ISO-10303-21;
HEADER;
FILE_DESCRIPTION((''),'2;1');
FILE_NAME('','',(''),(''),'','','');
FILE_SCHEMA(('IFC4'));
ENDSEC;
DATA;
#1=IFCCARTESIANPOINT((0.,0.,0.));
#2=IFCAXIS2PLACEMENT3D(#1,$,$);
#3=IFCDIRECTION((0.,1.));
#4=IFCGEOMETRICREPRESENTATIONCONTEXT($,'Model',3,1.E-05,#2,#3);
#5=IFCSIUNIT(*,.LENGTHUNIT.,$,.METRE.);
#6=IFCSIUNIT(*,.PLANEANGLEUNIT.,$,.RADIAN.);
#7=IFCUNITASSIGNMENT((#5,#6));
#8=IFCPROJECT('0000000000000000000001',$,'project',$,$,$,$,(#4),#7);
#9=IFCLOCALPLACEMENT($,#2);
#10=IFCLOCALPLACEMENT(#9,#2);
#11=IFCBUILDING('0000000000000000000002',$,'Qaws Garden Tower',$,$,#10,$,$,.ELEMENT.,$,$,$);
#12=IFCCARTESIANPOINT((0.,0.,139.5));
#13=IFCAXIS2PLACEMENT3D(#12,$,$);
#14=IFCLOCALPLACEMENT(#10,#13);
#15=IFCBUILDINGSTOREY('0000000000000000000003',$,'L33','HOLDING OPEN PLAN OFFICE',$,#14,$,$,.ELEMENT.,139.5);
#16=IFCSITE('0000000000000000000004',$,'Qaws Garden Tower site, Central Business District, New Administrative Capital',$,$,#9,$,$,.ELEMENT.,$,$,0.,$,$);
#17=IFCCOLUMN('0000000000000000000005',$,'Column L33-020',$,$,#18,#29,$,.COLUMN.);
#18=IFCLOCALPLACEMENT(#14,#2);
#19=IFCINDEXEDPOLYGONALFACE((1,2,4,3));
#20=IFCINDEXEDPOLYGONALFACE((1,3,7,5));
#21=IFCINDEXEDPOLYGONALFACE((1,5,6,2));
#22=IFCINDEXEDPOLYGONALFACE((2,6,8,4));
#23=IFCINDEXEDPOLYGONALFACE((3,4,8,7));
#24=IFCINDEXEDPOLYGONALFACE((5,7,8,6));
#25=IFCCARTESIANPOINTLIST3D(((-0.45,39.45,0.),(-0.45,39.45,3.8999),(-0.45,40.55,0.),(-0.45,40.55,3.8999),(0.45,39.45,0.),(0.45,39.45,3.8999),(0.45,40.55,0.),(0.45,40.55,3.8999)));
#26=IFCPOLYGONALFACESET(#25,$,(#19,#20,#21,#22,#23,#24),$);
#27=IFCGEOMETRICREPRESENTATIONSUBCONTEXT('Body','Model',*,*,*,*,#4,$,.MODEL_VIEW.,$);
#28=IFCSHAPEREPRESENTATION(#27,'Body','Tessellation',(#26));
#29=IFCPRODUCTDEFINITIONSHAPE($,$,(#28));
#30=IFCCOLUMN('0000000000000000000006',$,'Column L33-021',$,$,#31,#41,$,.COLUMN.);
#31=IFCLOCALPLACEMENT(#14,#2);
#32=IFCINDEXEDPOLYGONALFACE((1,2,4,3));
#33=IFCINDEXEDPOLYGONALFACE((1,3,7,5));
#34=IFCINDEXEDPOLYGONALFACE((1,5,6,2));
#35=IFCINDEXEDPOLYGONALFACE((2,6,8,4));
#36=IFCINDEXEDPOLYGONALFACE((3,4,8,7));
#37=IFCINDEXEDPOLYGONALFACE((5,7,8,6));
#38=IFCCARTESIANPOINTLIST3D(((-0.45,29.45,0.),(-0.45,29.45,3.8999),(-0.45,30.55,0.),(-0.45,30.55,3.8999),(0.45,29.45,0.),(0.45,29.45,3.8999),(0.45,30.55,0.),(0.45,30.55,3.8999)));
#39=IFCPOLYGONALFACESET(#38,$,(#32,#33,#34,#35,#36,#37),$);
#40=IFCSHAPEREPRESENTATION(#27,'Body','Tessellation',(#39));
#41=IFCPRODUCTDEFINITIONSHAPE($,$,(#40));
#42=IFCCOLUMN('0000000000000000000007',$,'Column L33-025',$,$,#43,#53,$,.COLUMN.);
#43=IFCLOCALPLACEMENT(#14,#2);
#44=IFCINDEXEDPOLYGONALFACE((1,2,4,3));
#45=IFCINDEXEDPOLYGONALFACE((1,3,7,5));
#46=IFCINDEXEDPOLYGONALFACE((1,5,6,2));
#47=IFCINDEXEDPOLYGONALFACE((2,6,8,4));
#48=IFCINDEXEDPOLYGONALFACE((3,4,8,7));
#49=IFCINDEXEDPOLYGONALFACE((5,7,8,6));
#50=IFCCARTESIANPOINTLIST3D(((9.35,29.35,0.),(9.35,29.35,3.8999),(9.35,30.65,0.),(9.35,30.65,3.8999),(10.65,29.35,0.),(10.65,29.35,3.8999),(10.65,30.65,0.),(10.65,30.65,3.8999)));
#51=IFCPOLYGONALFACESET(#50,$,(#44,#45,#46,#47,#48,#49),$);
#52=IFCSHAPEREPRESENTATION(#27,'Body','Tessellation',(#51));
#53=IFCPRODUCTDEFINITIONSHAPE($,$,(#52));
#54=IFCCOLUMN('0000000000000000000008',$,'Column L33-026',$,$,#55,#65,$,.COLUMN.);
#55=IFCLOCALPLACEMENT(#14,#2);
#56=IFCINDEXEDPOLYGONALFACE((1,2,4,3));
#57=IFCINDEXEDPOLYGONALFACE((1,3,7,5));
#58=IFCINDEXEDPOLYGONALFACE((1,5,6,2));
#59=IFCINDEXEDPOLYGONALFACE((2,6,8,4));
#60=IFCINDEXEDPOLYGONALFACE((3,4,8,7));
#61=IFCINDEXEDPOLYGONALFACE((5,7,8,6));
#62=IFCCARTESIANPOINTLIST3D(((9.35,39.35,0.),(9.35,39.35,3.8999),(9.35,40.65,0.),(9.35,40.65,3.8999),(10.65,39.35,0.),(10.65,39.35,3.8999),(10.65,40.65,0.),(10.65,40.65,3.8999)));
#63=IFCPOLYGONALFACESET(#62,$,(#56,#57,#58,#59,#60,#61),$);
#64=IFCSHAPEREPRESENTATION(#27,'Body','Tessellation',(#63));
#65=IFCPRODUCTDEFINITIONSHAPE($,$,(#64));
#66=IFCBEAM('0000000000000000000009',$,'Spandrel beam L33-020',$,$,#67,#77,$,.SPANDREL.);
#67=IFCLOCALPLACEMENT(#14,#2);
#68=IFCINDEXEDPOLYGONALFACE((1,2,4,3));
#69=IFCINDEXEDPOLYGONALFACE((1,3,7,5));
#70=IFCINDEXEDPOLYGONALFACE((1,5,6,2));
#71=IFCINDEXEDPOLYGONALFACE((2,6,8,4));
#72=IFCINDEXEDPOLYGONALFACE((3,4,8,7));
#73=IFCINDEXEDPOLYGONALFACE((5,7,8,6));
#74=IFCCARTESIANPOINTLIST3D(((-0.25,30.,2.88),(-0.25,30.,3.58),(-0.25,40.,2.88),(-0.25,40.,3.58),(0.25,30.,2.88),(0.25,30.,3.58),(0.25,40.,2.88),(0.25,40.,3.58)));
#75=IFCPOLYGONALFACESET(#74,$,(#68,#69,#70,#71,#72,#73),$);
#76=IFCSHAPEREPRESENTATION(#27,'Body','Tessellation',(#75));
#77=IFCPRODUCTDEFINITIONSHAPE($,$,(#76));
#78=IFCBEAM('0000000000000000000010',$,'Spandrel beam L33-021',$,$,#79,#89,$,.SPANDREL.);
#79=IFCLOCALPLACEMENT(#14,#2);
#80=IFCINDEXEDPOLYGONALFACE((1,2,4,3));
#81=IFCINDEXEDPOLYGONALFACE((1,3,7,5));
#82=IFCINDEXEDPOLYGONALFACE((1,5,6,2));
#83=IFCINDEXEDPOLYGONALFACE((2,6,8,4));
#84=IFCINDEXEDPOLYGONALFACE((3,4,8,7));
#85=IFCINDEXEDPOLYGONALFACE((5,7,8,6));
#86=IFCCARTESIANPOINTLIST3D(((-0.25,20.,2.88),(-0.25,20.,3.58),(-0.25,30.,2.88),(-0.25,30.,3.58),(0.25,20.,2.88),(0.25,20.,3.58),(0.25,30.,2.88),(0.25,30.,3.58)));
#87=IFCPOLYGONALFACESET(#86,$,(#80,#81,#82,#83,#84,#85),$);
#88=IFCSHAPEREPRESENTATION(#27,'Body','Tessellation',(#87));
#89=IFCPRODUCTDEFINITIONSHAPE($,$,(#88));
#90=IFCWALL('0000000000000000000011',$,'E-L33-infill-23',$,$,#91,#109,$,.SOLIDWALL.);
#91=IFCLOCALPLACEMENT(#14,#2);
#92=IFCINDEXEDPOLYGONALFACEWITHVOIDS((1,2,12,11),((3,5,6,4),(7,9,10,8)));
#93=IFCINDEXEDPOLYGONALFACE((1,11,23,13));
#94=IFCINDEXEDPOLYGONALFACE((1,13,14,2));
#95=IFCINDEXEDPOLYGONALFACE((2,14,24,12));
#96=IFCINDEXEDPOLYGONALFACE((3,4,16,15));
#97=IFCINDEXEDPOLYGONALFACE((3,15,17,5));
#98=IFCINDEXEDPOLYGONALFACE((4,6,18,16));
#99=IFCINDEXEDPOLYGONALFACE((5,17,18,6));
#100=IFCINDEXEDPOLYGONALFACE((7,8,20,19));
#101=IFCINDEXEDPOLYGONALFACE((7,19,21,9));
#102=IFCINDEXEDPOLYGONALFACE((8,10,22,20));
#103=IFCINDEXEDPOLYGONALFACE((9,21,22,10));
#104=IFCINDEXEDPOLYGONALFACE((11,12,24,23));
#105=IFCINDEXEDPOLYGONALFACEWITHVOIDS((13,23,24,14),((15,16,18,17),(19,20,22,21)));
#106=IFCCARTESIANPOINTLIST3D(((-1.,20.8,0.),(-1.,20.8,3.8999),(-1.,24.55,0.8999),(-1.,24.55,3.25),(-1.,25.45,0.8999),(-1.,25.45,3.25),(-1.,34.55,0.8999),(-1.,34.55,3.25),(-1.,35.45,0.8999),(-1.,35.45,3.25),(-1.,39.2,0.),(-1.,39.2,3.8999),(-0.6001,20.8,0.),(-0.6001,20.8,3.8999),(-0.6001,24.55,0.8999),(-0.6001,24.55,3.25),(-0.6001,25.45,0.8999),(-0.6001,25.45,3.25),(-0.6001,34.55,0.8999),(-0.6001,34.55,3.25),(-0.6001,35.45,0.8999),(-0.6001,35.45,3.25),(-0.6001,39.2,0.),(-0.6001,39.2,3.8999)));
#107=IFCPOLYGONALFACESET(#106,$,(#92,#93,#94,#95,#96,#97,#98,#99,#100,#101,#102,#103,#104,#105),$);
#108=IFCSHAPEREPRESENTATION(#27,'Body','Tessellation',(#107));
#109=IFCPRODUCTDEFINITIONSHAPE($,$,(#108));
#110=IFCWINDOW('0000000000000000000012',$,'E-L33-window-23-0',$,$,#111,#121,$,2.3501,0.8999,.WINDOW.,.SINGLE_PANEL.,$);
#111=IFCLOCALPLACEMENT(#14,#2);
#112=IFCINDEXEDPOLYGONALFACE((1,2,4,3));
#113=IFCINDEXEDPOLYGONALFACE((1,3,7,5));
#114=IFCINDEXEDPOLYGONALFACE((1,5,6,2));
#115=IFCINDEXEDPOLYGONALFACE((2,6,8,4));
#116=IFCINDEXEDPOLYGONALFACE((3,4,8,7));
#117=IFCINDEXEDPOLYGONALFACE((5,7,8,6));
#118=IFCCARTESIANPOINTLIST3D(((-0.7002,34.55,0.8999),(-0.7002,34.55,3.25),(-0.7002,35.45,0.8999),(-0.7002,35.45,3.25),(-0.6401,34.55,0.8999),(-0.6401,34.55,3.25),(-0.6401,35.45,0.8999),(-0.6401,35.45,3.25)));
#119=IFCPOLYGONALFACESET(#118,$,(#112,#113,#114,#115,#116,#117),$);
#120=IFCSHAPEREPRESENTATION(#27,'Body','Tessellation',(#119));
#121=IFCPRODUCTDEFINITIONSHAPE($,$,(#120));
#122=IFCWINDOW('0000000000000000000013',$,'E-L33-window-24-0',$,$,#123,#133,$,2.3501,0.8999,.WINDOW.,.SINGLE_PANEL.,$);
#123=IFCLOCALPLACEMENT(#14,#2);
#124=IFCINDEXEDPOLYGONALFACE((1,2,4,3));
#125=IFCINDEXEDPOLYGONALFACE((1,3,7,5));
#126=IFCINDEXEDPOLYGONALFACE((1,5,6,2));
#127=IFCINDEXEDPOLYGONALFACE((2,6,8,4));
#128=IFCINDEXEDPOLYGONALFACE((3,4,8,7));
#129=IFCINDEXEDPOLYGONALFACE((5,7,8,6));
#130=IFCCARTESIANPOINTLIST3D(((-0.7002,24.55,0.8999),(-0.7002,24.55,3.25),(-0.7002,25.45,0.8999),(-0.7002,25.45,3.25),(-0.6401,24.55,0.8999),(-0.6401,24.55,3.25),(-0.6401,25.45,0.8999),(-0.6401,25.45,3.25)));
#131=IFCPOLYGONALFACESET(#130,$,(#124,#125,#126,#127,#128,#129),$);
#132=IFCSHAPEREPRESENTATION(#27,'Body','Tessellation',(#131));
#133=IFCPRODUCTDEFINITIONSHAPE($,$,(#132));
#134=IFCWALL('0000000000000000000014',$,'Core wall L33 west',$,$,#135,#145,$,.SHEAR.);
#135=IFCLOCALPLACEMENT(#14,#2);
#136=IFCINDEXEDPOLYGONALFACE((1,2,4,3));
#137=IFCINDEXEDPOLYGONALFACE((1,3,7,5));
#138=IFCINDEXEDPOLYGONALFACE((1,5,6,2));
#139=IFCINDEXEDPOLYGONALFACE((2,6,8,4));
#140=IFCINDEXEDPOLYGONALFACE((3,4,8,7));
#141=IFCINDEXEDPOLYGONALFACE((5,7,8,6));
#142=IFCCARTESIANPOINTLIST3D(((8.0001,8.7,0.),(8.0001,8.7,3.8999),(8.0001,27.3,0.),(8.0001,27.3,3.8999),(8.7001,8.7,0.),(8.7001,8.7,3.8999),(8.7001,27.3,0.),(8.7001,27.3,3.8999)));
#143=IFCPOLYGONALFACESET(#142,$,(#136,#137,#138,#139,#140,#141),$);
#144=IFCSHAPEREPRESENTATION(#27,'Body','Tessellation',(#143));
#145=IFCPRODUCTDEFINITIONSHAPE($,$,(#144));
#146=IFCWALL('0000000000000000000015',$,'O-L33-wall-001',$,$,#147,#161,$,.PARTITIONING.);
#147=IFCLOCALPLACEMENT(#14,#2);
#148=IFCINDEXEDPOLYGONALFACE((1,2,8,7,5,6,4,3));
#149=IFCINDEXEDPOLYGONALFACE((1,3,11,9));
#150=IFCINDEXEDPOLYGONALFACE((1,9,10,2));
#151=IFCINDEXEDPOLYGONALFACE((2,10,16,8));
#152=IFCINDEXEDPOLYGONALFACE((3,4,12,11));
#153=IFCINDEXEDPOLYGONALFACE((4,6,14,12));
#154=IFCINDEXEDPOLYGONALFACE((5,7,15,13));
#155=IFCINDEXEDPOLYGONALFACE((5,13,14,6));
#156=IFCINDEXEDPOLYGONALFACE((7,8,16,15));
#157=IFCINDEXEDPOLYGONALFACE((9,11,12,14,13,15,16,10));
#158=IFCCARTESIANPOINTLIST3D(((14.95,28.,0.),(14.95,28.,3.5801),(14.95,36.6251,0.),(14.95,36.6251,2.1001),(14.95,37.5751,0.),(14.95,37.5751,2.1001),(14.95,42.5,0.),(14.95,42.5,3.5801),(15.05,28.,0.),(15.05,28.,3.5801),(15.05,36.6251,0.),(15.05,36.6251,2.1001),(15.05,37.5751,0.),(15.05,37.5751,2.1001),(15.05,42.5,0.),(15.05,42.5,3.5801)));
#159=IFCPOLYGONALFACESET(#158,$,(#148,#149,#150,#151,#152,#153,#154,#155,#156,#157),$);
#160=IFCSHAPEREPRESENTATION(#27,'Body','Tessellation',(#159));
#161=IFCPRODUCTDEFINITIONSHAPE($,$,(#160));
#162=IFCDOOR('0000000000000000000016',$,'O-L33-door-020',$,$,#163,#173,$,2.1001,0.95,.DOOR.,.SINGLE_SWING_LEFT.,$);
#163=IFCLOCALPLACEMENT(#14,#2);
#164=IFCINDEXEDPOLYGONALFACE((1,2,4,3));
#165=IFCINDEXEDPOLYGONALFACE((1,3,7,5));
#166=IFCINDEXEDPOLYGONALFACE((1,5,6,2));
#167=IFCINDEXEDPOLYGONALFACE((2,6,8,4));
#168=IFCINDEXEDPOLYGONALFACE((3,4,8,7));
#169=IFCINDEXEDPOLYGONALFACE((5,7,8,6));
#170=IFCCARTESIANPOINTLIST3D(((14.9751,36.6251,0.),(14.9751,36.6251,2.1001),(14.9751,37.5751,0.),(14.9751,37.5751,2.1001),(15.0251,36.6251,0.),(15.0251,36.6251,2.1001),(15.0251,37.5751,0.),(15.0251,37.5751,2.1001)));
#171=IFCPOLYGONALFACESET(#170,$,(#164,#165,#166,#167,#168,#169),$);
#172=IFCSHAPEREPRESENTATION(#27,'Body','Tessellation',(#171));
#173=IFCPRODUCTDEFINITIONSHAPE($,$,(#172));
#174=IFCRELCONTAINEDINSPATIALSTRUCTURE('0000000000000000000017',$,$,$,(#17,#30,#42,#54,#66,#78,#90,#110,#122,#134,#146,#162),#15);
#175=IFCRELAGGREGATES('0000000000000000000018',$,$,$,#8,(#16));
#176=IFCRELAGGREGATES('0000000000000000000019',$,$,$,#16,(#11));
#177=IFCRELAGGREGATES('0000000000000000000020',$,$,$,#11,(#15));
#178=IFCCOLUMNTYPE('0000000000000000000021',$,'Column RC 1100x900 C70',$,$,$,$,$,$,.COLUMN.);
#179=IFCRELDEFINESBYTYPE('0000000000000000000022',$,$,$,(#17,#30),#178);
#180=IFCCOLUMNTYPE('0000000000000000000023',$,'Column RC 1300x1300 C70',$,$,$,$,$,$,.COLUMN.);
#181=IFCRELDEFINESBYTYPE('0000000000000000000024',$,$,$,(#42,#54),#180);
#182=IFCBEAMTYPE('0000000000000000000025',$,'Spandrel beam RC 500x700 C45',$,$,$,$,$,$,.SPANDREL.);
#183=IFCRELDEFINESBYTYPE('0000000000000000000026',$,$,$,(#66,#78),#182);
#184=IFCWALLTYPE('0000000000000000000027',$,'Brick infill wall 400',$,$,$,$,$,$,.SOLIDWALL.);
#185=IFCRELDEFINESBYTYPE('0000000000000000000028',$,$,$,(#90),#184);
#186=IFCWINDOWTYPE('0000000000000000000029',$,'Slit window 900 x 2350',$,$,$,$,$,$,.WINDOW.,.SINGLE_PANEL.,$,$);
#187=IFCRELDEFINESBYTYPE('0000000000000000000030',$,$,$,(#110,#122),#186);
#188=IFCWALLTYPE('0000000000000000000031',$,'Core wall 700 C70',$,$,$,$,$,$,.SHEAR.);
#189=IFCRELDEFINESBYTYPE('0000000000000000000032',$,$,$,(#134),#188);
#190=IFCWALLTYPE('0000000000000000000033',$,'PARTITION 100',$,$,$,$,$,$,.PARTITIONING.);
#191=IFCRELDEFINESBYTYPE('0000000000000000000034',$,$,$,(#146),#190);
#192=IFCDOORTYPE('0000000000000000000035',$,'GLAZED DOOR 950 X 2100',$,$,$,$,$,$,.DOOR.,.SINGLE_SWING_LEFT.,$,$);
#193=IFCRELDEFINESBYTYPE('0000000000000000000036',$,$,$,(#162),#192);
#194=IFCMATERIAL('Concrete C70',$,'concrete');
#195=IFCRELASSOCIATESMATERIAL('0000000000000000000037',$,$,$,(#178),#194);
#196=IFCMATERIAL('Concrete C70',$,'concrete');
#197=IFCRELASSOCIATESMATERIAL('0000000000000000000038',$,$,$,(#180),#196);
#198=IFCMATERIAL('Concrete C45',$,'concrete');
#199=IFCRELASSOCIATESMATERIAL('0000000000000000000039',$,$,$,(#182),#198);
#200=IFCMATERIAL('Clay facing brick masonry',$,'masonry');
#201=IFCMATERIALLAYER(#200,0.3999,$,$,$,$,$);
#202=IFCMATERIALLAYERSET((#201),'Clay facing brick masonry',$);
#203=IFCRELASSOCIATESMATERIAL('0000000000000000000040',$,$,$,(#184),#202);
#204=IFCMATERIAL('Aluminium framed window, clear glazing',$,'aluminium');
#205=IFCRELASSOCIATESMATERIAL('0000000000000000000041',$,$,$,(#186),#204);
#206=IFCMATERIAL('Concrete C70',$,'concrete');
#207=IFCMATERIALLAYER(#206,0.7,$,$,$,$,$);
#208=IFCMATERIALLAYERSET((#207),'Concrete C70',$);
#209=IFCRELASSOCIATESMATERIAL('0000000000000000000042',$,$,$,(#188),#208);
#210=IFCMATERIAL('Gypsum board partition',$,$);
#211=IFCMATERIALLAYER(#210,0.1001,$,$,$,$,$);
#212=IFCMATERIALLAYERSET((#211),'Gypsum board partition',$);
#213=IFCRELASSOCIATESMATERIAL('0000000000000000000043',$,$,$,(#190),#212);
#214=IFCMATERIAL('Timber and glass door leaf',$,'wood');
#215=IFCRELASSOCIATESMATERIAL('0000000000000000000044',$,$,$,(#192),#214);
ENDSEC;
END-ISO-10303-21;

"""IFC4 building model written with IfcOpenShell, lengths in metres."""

from ifc_helpers import new_model, si_unit, direction, frame, frame_2d, origin, origin_2d, place, context, subcontext, project, spatial, rectangle, extrude, material, layer, layer_set, material_profile, profile_set, type_object, element, fill, save


model = new_model("IFC4")

# Units and contexts
model_context = context("Model", 3, precision=1e-05, world=origin(), true_north=direction((0.0, 1.0)))
body_context = subcontext(model_context, "Body", "Model", "MODEL_VIEW")
ifc_project = project(units=[si_unit("LENGTHUNIT", "METRE"), si_unit("PLANEANGLEUNIT", "RADIAN")], contexts=[model_context])

# Site, building, storey
site_placement = place(None, origin())
site = spatial("IfcSite", under=ifc_project, at=site_placement, Name="Qaws Garden Tower site, Central Business District, New Administrative Capital", CompositionType="ELEMENT", RefElevation=0.0)
building_placement = place(site_placement, origin())
building = spatial("IfcBuilding", under=site, at=building_placement, Name="Qaws Garden Tower", CompositionType="ELEMENT")
storey_placement = place(building_placement, frame((0.0, 0.0, 139.5)))
storey = spatial("IfcBuildingStorey", under=building, at=storey_placement, Name="L33", Description="HOLDING OPEN PLAN OFFICE", CompositionType="ELEMENT", Elevation=139.5)

# Columns
ifc_material_1 = material(Name="Concrete C70", Category="concrete")
ifc_material_profile_1 = material_profile(ifc_material_1, rectangle(XDim=1.1001, YDim=0.8999, at=origin_2d()), Name="RC 1100x900")
ifc_profile_set_1 = profile_set([ifc_material_profile_1], Name="Concrete C70")
column_type_1 = type_object("IfcColumnType", Name="Column RC 1100x900 C70", PredefinedType="COLUMN", material=ifc_profile_set_1)
for number, where, z_axis, x_axis, name in (
    (1, (0.0, 40.0, 0.0), (0.0, 0.0, 1.0), (0.0, 1.0, 0.0), "Column L33-020"),
    (2, (0.0, 30.0, 0.0), (0.0, 0.0, 1.0), (0.0, 1.0, 0.0), "Column L33-021"),
):
    element("IfcColumn", number, at=place(storey_placement, frame(where, z_axis=z_axis, x_axis=x_axis)), inside=storey, type_object=column_type_1, Name=name, PredefinedType="COLUMN", context=body_context, shape_type="SweptSolid", body=[
        extrude(rectangle(XDim=1.1001, YDim=0.8999, at=origin_2d()), origin(), (0.0, 0.0, 1.0), 3.8999),
    ])
ifc_material_2 = material(Name="Concrete C70", Category="concrete")
ifc_material_profile_2 = material_profile(ifc_material_2, rectangle(XDim=1.3, YDim=1.3, at=origin_2d()), Name="RC 1300x1300")
ifc_profile_set_2 = profile_set([ifc_material_profile_2], Name="Concrete C70")
column_type_2 = type_object("IfcColumnType", Name="Column RC 1300x1300 C70", PredefinedType="COLUMN", material=ifc_profile_set_2)
for number, where, z_axis, x_axis, name in (
    (3, (10.0, 30.0, 0.0), (0.0, 0.0, 1.0), (1.0, 0.0, 0.0), "Column L33-025"),
    (4, (10.0, 40.0, 0.0), (0.0, 0.0, 1.0), (1.0, 0.0, 0.0), "Column L33-026"),
):
    element("IfcColumn", number, at=place(storey_placement, frame(where, z_axis=z_axis, x_axis=x_axis)), inside=storey, type_object=column_type_2, Name=name, PredefinedType="COLUMN", context=body_context, shape_type="SweptSolid", body=[
        extrude(rectangle(XDim=1.3, YDim=1.3, at=origin_2d()), origin(), (0.0, 0.0, 1.0), 3.8999),
    ])

# Beams
ifc_material_3 = material(Name="Concrete C45", Category="concrete")
ifc_material_profile_3 = material_profile(ifc_material_3, rectangle(XDim=0.5, YDim=0.7, at=origin_2d()), Name="RC 500x700")
ifc_profile_set_3 = profile_set([ifc_material_profile_3], Name="Concrete C45")
beam_type = type_object("IfcBeamType", Name="Spandrel beam RC 500x700 C45", PredefinedType="SPANDREL", material=ifc_profile_set_3)
for number, where, z_axis, x_axis, name in (
    (5, (0.0, 40.0, 3.23), (0.0, -1.0, 0.0), (1.0, 0.0, 0.0), "Spandrel beam L33-020"),
    (6, (0.0, 30.0, 3.23), (0.0, -1.0, 0.0), (1.0, 0.0, 0.0), "Spandrel beam L33-021"),
):
    element("IfcBeam", number, at=place(storey_placement, frame(where, z_axis=z_axis, x_axis=x_axis)), inside=storey, type_object=beam_type, Name=name, PredefinedType="SPANDREL", context=body_context, shape_type="SweptSolid", body=[
        extrude(rectangle(XDim=0.5, YDim=0.7, at=origin_2d()), origin(), (0.0, 0.0, 1.0), 10.0),
    ])

# Wall, openings, windows
ifc_material_4 = material(Name="Clay facing brick masonry", Category="masonry")
ifc_layer_1 = layer(ifc_material_4, 0.3999)
ifc_layer_set_1 = layer_set([ifc_layer_1], Name="Clay facing brick masonry")
wall_type_1 = type_object("IfcWallType", Name="Brick infill wall 400", PredefinedType="SOLIDWALL", material=ifc_layer_set_1)
wall_1_placement = place(storey_placement, frame((-0.8, 39.2, 0.0), z_axis=(0.0, 0.0, 1.0), x_axis=(0.0, -1.0, 0.0)))
wall_1 = element("IfcWall", 7, at=wall_1_placement, inside=storey, type_object=wall_type_1, Name="E-L33-infill-23", PredefinedType="SOLIDWALL", context=body_context, shape_type="SweptSolid", body=[
    extrude(rectangle(XDim=18.3999, YDim=0.3999, at=frame_2d((9.2, 0.0))), origin(), (0.0, 0.0, 1.0), 3.8999),
])
opening_1_placement = place(wall_1_placement, frame((3.75, 0.0, 0.8999)))
opening_1 = element("IfcOpeningElement", 8, at=opening_1_placement, cuts=wall_1, PredefinedType="OPENING", context=body_context, shape_type="SweptSolid", body=[
    extrude(rectangle(XDim=0.8999, YDim=2.3501, at=frame_2d((0.45, 1.175))), frame((0.0, 0.21, 0.0), z_axis=(0.0, -1.0, 0.0), x_axis=(1.0, 0.0, 0.0)), (0.0, 0.0, 1.0), 0.4199),
])
opening_2_placement = place(wall_1_placement, frame((13.75, 0.0, 0.8999)))
opening_2 = element("IfcOpeningElement", 9, at=opening_2_placement, cuts=wall_1, PredefinedType="OPENING", context=body_context, shape_type="SweptSolid", body=[
    extrude(rectangle(XDim=0.8999, YDim=2.3501, at=frame_2d((0.45, 1.175))), frame((0.0, 0.21, 0.0), z_axis=(0.0, -1.0, 0.0), x_axis=(1.0, 0.0, 0.0)), (0.0, 0.0, 1.0), 0.4199),
])
ifc_material_5 = material(Name="Aluminium framed window, clear glazing", Category="aluminium")
window_type = type_object("IfcWindowType", Name="Slit window 900 x 2350", PartitioningType="SINGLE_PANEL", PredefinedType="WINDOW", material=ifc_material_5)
window_1_placement = place(opening_1_placement, origin())
window_1 = element("IfcWindow", 10, at=window_1_placement, inside=storey, type_object=window_type, Name="E-L33-window-23-0", OverallHeight=2.3501, OverallWidth=0.8999, PartitioningType="SINGLE_PANEL", PredefinedType="WINDOW", context=body_context, shape_type="SweptSolid", body=[
    extrude(rectangle(XDim=0.8999, YDim=2.3501, at=frame_2d((0.45, 1.175))), frame((0.0, 0.1599, 0.0), z_axis=(0.0, -1.0, 0.0), x_axis=(1.0, 0.0, 0.0)), (0.0, 0.0, 1.0), 0.0601),
])
fill(opening_1, window_1)
window_2_placement = place(opening_2_placement, origin())
window_2 = element("IfcWindow", 11, at=window_2_placement, inside=storey, type_object=window_type, Name="E-L33-window-24-0", OverallHeight=2.3501, OverallWidth=0.8999, PartitioningType="SINGLE_PANEL", PredefinedType="WINDOW", context=body_context, shape_type="SweptSolid", body=[
    extrude(rectangle(XDim=0.8999, YDim=2.3501, at=frame_2d((0.45, 1.175))), frame((0.0, 0.1599, 0.0), z_axis=(0.0, -1.0, 0.0), x_axis=(1.0, 0.0, 0.0)), (0.0, 0.0, 1.0), 0.0601),
])
fill(opening_2, window_2)

# Wall
ifc_material_6 = material(Name="Concrete C70", Category="concrete")
ifc_layer_2 = layer(ifc_material_6, 0.7)
ifc_layer_set_2 = layer_set([ifc_layer_2], Name="Concrete C70")
wall_type_2 = type_object("IfcWallType", Name="Core wall 700 C70", PredefinedType="SHEAR", material=ifc_layer_set_2)
wall_2_placement = place(storey_placement, frame((8.3501, 27.3, 0.0), z_axis=(0.0, 0.0, 1.0), x_axis=(0.0, -1.0, 0.0)))
element("IfcWall", 12, at=wall_2_placement, inside=storey, type_object=wall_type_2, Name="Core wall L33 west", PredefinedType="SHEAR", context=body_context, shape_type="SweptSolid", body=[
    extrude(rectangle(XDim=18.6001, YDim=0.7, at=frame_2d((9.3, 0.0))), origin(), (0.0, 0.0, 1.0), 3.8999),
])

# Wall, opening, door
ifc_material_7 = material(Name="Gypsum board partition")
ifc_layer_3 = layer(ifc_material_7, 0.1001)
ifc_layer_set_3 = layer_set([ifc_layer_3], Name="Gypsum board partition")
wall_type_3 = type_object("IfcWallType", Name="PARTITION 100", PredefinedType="PARTITIONING", material=ifc_layer_set_3)
wall_3_placement = place(storey_placement, frame((15.0, 28.0, 0.0), z_axis=(0.0, 0.0, 1.0), x_axis=(0.0, 1.0, 0.0)))
wall_3 = element("IfcWall", 13, at=wall_3_placement, inside=storey, type_object=wall_type_3, Name="O-L33-wall-001", PredefinedType="PARTITIONING", context=body_context, shape_type="SweptSolid", body=[
    extrude(rectangle(XDim=14.5, YDim=0.1001, at=frame_2d((7.25, 0.0))), origin(), (0.0, 0.0, 1.0), 3.5801),
])
opening_3_placement = place(wall_3_placement, frame((8.625, 0.0, 0.0)))
opening_3 = element("IfcOpeningElement", 14, at=opening_3_placement, cuts=wall_3, PredefinedType="OPENING", context=body_context, shape_type="SweptSolid", body=[
    extrude(rectangle(XDim=0.95, YDim=2.1001, at=frame_2d((0.4751, 1.05))), frame((0.0, 0.0601, 0.0), z_axis=(0.0, -1.0, 0.0), x_axis=(1.0, 0.0, 0.0)), (0.0, 0.0, 1.0), 0.1201),
])
ifc_material_8 = material(Name="Timber and glass door leaf", Category="wood")
door_type = type_object("IfcDoorType", Name="GLAZED DOOR 950 X 2100", OperationType="SINGLE_SWING_LEFT", PredefinedType="DOOR", material=ifc_material_8)
door_placement = place(opening_3_placement, origin())
door = element("IfcDoor", 15, at=door_placement, inside=storey, type_object=door_type, Name="O-L33-door-020", OperationType="SINGLE_SWING_LEFT", OverallHeight=2.1001, OverallWidth=0.95, PredefinedType="DOOR", context=body_context, shape_type="SweptSolid", body=[
    extrude(rectangle(XDim=0.95, YDim=2.1001, at=frame_2d((0.4751, 1.05))), frame((0.0, 0.0249, 0.0), z_axis=(0.0, -1.0, 0.0), x_axis=(1.0, 0.0, 0.0)), (0.0, 0.0, 1.0), 0.05),
])
fill(opening_3, door)

save(model, "model.ifc")
